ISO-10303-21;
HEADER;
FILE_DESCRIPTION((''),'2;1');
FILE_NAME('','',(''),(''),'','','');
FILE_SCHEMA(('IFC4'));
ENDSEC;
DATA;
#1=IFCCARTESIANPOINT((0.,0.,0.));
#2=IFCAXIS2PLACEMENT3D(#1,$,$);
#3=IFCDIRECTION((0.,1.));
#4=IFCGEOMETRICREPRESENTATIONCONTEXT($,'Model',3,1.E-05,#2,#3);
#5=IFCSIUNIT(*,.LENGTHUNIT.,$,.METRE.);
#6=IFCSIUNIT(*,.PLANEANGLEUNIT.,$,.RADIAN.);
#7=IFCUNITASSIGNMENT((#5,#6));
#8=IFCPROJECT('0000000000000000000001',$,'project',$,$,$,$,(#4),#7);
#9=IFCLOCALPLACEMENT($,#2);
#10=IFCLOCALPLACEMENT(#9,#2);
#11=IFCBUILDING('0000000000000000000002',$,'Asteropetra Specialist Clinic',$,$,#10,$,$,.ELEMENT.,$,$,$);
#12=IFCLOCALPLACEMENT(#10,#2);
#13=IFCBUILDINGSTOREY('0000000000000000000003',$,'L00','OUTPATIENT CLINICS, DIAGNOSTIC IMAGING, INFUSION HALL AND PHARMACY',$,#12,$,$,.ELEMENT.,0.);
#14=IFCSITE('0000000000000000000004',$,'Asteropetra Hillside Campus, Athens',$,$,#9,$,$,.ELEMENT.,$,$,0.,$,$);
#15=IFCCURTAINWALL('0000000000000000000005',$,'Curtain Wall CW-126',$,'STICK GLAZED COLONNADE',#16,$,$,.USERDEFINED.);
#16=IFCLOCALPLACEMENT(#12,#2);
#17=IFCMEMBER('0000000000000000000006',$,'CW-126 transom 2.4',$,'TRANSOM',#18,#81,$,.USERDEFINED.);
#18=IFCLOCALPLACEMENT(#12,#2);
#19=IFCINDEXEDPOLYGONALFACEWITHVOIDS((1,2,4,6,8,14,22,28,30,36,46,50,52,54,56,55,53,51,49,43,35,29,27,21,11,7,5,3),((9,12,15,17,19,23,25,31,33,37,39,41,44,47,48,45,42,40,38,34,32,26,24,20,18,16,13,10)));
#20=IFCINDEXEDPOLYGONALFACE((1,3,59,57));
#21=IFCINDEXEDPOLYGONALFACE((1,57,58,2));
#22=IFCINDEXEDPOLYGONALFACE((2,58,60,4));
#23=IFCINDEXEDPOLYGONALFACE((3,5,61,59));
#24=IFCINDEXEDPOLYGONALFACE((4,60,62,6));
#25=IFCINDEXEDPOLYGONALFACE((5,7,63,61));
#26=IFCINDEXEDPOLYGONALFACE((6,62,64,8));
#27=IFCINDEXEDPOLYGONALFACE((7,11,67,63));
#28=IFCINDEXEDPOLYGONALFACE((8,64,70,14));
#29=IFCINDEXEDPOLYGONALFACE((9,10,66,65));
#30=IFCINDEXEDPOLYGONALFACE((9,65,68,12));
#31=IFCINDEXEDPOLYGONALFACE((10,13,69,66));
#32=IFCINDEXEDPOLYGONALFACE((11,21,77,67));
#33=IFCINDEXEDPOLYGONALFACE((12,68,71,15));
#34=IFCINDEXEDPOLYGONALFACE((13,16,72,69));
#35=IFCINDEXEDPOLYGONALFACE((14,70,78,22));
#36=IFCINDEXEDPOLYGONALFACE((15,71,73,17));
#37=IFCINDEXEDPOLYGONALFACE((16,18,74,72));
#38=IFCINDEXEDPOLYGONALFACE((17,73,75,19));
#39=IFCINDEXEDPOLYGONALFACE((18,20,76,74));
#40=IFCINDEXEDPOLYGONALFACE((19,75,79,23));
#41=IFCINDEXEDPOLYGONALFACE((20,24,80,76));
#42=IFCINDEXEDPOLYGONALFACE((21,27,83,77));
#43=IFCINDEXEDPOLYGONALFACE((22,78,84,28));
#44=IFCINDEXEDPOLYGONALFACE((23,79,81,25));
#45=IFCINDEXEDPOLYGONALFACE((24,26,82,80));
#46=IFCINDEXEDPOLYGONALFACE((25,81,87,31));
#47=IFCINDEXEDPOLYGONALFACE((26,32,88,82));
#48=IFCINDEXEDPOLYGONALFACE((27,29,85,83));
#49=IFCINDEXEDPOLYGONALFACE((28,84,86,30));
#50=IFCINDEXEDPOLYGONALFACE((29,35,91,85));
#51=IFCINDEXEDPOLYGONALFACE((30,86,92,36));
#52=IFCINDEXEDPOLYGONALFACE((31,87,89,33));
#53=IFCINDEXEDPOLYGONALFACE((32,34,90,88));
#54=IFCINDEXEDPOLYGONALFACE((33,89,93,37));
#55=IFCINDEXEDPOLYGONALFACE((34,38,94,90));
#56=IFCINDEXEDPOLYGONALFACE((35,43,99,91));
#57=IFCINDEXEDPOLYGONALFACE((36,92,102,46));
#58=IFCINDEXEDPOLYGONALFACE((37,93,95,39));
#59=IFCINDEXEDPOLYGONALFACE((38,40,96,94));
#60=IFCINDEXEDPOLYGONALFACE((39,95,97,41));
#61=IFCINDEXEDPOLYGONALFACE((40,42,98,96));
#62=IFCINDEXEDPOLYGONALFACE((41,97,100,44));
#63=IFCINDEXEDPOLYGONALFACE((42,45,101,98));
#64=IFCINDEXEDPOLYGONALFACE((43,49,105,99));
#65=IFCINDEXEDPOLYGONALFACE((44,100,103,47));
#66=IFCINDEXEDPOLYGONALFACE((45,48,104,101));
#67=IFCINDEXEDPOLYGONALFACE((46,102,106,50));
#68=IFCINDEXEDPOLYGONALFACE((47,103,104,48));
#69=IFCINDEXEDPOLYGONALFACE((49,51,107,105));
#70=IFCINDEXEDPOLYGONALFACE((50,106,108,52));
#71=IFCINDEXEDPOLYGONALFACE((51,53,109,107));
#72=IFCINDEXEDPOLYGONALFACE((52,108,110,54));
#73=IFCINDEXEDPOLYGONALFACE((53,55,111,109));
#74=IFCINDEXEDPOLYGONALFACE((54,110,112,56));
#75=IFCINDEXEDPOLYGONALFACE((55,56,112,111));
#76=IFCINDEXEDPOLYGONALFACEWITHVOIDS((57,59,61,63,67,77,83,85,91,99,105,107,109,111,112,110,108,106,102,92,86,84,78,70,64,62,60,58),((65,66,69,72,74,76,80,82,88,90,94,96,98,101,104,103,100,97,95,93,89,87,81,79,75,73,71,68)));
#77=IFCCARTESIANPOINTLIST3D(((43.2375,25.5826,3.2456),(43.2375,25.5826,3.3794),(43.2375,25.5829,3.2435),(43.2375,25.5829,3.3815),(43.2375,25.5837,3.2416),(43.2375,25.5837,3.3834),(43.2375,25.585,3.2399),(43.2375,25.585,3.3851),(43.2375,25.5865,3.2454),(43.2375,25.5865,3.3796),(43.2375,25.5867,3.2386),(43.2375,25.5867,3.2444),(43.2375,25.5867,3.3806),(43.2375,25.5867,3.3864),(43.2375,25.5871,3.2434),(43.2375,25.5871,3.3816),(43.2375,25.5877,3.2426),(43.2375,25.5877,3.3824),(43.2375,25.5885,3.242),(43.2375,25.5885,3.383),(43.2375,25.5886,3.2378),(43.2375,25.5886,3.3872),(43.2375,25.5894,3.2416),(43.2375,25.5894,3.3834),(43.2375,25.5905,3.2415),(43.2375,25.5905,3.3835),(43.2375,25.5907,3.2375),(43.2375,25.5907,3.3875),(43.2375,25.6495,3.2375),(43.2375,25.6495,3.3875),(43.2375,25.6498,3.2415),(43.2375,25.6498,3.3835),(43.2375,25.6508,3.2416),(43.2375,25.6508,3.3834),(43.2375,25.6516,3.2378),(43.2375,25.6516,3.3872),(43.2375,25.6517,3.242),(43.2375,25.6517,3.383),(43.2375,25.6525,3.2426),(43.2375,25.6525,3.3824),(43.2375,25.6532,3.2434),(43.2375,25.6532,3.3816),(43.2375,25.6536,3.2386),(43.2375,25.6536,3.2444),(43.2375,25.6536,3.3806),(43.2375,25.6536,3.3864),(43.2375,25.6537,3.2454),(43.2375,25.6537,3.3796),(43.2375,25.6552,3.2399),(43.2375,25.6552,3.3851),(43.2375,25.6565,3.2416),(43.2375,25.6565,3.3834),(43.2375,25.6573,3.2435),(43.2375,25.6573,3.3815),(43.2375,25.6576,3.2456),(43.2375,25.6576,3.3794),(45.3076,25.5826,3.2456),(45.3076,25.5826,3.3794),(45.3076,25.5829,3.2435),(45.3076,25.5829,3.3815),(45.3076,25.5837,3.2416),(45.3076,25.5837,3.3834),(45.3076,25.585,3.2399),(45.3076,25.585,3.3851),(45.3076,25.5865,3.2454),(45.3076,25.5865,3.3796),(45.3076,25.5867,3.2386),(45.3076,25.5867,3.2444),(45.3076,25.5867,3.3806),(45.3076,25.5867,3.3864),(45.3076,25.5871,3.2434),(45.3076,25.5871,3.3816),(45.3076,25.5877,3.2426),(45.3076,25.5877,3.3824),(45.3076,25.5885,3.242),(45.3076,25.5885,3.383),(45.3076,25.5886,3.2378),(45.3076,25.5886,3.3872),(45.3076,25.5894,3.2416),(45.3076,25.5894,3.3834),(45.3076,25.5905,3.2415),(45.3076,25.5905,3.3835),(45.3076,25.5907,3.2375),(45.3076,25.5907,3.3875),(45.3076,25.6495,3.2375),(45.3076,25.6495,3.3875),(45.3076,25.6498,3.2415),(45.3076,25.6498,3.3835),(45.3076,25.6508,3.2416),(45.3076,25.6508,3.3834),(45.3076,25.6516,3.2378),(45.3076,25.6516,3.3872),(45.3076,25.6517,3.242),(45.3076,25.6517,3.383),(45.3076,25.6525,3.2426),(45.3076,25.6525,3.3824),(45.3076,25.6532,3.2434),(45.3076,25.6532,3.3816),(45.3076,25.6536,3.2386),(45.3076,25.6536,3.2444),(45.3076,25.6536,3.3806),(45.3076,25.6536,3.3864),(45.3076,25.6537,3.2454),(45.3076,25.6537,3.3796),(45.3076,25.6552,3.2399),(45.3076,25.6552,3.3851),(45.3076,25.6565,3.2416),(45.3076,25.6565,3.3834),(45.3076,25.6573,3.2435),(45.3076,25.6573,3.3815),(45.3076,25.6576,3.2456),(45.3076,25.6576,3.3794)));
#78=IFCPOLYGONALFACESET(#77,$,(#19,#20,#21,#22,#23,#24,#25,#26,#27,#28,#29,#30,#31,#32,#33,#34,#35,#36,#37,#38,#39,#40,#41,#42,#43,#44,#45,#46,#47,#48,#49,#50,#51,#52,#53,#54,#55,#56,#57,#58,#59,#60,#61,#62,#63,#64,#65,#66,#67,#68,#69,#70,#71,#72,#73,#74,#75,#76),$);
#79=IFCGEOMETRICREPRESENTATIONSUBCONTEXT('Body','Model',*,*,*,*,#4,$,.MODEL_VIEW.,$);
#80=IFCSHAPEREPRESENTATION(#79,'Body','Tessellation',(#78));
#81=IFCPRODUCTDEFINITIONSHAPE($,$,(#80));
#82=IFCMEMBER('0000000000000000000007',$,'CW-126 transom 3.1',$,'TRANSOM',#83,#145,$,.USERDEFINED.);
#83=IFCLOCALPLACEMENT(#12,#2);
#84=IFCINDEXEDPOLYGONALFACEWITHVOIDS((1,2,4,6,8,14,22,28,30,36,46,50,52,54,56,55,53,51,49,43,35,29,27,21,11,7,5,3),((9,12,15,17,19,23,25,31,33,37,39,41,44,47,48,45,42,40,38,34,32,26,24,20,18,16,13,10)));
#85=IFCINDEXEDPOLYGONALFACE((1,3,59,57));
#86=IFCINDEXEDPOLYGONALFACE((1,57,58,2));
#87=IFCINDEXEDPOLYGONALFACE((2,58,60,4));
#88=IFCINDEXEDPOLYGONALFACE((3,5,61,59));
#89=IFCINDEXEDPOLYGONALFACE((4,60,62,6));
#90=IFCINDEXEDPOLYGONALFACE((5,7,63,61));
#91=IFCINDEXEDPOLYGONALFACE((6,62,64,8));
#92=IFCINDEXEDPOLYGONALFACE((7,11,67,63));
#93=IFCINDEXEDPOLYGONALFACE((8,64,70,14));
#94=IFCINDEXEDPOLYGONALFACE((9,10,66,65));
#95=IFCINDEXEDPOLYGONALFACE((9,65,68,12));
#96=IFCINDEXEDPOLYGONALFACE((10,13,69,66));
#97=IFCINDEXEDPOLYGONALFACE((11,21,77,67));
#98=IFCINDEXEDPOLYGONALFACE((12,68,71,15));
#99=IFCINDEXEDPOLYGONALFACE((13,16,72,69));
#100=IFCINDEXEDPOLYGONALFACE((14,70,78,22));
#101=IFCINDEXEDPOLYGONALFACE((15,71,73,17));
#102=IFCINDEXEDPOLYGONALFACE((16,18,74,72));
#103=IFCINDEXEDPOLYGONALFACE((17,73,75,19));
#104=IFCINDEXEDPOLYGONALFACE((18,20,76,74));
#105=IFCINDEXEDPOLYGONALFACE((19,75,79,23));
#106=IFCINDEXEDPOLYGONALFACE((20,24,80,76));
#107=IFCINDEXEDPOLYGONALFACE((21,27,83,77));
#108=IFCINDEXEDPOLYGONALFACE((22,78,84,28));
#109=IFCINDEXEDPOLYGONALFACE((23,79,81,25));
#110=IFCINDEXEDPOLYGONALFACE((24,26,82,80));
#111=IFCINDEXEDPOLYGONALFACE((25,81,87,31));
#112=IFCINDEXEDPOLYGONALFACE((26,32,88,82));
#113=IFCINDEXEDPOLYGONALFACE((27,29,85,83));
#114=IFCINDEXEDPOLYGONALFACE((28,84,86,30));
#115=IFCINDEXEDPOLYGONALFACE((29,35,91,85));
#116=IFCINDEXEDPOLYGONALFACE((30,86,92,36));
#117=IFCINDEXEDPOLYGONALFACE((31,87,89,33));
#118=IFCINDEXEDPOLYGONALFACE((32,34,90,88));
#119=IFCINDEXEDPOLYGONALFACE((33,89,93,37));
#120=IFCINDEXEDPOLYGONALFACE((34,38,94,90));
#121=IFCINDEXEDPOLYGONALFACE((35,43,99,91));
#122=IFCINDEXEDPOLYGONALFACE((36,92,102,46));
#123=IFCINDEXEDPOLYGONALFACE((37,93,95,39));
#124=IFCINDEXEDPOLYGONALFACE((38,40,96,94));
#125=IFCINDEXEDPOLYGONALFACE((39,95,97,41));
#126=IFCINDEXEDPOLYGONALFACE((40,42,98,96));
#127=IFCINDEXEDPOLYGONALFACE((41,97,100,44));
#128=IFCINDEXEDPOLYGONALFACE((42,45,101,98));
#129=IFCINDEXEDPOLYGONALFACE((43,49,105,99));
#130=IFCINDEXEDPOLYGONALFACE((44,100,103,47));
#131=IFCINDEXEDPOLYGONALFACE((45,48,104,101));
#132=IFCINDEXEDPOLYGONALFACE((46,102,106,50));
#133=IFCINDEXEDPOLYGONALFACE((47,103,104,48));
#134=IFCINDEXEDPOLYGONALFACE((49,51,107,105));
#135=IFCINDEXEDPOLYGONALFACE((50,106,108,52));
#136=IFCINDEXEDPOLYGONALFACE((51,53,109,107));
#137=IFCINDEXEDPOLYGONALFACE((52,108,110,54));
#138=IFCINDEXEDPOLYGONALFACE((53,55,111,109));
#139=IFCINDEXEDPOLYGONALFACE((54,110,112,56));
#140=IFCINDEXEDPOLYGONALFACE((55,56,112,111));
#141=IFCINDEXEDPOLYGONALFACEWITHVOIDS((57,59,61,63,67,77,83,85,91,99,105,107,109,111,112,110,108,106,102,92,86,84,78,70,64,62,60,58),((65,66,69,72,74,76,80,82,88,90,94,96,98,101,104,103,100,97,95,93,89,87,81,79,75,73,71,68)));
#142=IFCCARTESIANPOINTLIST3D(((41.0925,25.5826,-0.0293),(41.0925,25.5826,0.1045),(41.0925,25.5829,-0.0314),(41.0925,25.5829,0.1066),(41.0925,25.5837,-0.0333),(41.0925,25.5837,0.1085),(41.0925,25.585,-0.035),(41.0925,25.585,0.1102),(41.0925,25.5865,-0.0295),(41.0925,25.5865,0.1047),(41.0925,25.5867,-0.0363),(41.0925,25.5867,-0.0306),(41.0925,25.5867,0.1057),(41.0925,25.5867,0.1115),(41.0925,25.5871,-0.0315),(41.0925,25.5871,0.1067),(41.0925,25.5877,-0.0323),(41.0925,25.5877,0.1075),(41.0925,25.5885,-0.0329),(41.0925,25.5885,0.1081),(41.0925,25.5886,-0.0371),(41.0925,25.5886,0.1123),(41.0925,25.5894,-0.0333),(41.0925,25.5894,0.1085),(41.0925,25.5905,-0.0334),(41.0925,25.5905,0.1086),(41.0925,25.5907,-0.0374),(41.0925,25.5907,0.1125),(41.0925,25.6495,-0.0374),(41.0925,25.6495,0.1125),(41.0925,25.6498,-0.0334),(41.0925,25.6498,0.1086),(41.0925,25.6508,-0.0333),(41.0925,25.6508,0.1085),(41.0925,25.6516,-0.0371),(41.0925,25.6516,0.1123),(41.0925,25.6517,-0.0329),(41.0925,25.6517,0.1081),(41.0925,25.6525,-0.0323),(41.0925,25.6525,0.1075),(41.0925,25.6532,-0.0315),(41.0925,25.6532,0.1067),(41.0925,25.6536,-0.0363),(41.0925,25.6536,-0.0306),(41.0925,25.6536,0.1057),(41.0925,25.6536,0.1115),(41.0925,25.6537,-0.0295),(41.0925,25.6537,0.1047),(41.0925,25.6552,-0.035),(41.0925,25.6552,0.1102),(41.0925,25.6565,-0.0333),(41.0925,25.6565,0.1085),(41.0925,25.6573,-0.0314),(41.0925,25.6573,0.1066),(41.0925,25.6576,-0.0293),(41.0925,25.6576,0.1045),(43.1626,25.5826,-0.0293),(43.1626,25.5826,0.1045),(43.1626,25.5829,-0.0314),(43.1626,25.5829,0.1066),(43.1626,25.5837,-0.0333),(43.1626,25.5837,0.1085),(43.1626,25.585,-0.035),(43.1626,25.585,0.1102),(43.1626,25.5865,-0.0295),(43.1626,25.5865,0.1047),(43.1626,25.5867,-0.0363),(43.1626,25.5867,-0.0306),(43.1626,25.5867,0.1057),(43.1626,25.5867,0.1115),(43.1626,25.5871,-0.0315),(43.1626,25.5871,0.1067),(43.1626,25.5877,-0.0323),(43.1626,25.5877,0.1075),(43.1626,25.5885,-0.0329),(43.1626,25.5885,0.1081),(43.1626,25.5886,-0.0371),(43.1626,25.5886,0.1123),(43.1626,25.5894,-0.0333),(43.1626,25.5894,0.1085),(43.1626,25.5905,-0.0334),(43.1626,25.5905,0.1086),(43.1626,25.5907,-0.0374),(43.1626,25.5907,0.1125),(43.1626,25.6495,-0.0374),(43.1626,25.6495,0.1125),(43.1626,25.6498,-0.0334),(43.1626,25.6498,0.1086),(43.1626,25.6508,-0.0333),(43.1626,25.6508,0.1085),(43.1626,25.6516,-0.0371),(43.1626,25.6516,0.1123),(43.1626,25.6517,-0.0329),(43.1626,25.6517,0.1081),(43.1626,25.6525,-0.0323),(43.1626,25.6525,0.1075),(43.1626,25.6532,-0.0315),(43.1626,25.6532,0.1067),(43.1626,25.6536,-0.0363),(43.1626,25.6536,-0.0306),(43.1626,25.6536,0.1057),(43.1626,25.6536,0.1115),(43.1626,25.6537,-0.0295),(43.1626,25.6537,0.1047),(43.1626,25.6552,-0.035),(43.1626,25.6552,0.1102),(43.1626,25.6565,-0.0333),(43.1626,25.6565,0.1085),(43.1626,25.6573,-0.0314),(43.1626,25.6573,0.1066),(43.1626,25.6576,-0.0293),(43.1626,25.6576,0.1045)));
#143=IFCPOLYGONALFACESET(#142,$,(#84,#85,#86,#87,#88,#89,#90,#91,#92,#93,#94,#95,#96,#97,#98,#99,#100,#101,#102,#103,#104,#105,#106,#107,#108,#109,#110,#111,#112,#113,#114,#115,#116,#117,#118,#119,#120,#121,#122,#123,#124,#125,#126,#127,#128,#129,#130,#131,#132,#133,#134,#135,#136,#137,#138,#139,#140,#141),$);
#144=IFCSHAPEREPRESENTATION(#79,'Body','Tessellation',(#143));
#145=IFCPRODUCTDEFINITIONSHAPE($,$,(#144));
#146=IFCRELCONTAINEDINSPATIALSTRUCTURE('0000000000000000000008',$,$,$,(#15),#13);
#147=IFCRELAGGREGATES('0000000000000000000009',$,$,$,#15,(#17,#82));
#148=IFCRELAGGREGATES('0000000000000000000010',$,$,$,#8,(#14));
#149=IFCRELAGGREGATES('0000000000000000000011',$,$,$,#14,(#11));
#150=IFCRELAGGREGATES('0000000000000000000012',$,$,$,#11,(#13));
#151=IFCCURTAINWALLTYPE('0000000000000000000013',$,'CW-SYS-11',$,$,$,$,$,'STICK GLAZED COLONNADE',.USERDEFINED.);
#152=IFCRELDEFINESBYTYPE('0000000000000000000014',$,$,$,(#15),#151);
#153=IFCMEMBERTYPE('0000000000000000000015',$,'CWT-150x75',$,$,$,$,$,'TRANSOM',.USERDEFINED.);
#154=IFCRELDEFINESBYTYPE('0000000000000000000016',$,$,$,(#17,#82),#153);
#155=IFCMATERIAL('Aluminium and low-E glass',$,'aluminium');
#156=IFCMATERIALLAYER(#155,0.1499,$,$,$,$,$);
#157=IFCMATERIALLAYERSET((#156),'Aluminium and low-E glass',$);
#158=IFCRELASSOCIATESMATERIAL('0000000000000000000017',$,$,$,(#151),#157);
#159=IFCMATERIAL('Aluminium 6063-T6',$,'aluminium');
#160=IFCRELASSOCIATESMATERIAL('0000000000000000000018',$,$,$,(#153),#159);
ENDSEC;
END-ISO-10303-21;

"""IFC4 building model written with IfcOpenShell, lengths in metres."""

from ifc_helpers import new_model, si_unit, direction, frame, origin, origin_2d, place, context, subcontext, project, spatial, hollow_rectangle, extrude, material, layer, layer_set, material_profile, profile_set, type_object, element, aggregate, save


model = new_model("IFC4")

# Units and contexts
model_context = context("Model", 3, precision=1e-05, world=origin(), true_north=direction((0.0, 1.0)))
body_context = subcontext(model_context, "Body", "Model", "MODEL_VIEW")
ifc_project = project(units=[si_unit("LENGTHUNIT", "METRE"), si_unit("PLANEANGLEUNIT", "RADIAN")], contexts=[model_context])

# Site, building, storey
site_placement = place(None, origin())
site = spatial("IfcSite", under=ifc_project, at=site_placement, Name="Asteropetra Hillside Campus, Athens", CompositionType="ELEMENT", RefElevation=0.0)
building_placement = place(site_placement, origin())
building = spatial("IfcBuilding", under=site, at=building_placement, Name="Asteropetra Specialist Clinic", CompositionType="ELEMENT")
storey_placement = place(building_placement, origin())
storey = spatial("IfcBuildingStorey", under=building, at=storey_placement, Name="L00", Description="OUTPATIENT CLINICS, DIAGNOSTIC IMAGING, INFUSION HALL AND PHARMACY", CompositionType="ELEMENT", Elevation=0.0)

# Curtain wall, members
ifc_material_1 = material(Name="Aluminium and low-E glass", Category="aluminium")
ifc_layer_1 = layer(ifc_material_1, 0.1499)
ifc_layer_set_1 = layer_set([ifc_layer_1], Name="Aluminium and low-E glass")
curtain_wall_type = type_object("IfcCurtainWallType", Name="CW-SYS-11", ElementType="STICK GLAZED COLONNADE", PredefinedType="USERDEFINED", material=ifc_layer_set_1)
curtain_wall_placement = place(storey_placement, origin())
curtain_wall = element("IfcCurtainWall", 1, at=curtain_wall_placement, inside=storey, type_object=curtain_wall_type, Name="Curtain Wall CW-126", ObjectType="STICK GLAZED COLONNADE", PredefinedType="USERDEFINED")
ifc_material_2 = material(Name="Aluminium 6063-T6", Category="aluminium")
ifc_material_profile_1 = material_profile(ifc_material_2, hollow_rectangle(XDim=0.075, YDim=0.1499, WallThickness=0.0039, InnerFilletRadius=0.0039, OuterFilletRadius=0.0081, at=origin_2d()), Name="TRN 150x75x4.0")
ifc_profile_set_1 = profile_set([ifc_material_profile_1], Name="Aluminium 6063-T6")
member_type_1 = type_object("IfcMemberType", Name="CWT-150x75", ElementType="TRANSOM", PredefinedType="USERDEFINED", material=ifc_profile_set_1)
member_1_placement = place(storey_placement, frame((45.3076, 25.6201, 3.3125), z_axis=(-1.0, 0.0, 0.0), x_axis=(0.0, -1.0, 0.0)))
member_1 = element("IfcMember", 2, at=member_1_placement, type_object=member_type_1, Name="CW-126 transom 2.4", ObjectType="TRANSOM", PredefinedType="USERDEFINED", context=body_context, shape_type="SweptSolid", body=[
    extrude(hollow_rectangle(XDim=0.075, YDim=0.1499, WallThickness=0.0039, InnerFilletRadius=0.0039, OuterFilletRadius=0.0081, at=origin_2d()), origin(), (0.0, 0.0, 1.0), 2.0701),
])
member_2_placement = place(storey_placement, frame((43.1626, 25.6201, 0.0376), z_axis=(-1.0, 0.0, 0.0), x_axis=(0.0, -1.0, 0.0)))
member_2 = element("IfcMember", 3, at=member_2_placement, type_object=member_type_1, Name="CW-126 transom 3.1", ObjectType="TRANSOM", PredefinedType="USERDEFINED", context=body_context, shape_type="SweptSolid", body=[
    extrude(hollow_rectangle(XDim=0.075, YDim=0.1499, WallThickness=0.0039, InnerFilletRadius=0.0039, OuterFilletRadius=0.0081, at=origin_2d()), origin(), (0.0, 0.0, 1.0), 2.0701),
])
aggregate(curtain_wall, [member_1, member_2])

save(model, "model.ifc")
